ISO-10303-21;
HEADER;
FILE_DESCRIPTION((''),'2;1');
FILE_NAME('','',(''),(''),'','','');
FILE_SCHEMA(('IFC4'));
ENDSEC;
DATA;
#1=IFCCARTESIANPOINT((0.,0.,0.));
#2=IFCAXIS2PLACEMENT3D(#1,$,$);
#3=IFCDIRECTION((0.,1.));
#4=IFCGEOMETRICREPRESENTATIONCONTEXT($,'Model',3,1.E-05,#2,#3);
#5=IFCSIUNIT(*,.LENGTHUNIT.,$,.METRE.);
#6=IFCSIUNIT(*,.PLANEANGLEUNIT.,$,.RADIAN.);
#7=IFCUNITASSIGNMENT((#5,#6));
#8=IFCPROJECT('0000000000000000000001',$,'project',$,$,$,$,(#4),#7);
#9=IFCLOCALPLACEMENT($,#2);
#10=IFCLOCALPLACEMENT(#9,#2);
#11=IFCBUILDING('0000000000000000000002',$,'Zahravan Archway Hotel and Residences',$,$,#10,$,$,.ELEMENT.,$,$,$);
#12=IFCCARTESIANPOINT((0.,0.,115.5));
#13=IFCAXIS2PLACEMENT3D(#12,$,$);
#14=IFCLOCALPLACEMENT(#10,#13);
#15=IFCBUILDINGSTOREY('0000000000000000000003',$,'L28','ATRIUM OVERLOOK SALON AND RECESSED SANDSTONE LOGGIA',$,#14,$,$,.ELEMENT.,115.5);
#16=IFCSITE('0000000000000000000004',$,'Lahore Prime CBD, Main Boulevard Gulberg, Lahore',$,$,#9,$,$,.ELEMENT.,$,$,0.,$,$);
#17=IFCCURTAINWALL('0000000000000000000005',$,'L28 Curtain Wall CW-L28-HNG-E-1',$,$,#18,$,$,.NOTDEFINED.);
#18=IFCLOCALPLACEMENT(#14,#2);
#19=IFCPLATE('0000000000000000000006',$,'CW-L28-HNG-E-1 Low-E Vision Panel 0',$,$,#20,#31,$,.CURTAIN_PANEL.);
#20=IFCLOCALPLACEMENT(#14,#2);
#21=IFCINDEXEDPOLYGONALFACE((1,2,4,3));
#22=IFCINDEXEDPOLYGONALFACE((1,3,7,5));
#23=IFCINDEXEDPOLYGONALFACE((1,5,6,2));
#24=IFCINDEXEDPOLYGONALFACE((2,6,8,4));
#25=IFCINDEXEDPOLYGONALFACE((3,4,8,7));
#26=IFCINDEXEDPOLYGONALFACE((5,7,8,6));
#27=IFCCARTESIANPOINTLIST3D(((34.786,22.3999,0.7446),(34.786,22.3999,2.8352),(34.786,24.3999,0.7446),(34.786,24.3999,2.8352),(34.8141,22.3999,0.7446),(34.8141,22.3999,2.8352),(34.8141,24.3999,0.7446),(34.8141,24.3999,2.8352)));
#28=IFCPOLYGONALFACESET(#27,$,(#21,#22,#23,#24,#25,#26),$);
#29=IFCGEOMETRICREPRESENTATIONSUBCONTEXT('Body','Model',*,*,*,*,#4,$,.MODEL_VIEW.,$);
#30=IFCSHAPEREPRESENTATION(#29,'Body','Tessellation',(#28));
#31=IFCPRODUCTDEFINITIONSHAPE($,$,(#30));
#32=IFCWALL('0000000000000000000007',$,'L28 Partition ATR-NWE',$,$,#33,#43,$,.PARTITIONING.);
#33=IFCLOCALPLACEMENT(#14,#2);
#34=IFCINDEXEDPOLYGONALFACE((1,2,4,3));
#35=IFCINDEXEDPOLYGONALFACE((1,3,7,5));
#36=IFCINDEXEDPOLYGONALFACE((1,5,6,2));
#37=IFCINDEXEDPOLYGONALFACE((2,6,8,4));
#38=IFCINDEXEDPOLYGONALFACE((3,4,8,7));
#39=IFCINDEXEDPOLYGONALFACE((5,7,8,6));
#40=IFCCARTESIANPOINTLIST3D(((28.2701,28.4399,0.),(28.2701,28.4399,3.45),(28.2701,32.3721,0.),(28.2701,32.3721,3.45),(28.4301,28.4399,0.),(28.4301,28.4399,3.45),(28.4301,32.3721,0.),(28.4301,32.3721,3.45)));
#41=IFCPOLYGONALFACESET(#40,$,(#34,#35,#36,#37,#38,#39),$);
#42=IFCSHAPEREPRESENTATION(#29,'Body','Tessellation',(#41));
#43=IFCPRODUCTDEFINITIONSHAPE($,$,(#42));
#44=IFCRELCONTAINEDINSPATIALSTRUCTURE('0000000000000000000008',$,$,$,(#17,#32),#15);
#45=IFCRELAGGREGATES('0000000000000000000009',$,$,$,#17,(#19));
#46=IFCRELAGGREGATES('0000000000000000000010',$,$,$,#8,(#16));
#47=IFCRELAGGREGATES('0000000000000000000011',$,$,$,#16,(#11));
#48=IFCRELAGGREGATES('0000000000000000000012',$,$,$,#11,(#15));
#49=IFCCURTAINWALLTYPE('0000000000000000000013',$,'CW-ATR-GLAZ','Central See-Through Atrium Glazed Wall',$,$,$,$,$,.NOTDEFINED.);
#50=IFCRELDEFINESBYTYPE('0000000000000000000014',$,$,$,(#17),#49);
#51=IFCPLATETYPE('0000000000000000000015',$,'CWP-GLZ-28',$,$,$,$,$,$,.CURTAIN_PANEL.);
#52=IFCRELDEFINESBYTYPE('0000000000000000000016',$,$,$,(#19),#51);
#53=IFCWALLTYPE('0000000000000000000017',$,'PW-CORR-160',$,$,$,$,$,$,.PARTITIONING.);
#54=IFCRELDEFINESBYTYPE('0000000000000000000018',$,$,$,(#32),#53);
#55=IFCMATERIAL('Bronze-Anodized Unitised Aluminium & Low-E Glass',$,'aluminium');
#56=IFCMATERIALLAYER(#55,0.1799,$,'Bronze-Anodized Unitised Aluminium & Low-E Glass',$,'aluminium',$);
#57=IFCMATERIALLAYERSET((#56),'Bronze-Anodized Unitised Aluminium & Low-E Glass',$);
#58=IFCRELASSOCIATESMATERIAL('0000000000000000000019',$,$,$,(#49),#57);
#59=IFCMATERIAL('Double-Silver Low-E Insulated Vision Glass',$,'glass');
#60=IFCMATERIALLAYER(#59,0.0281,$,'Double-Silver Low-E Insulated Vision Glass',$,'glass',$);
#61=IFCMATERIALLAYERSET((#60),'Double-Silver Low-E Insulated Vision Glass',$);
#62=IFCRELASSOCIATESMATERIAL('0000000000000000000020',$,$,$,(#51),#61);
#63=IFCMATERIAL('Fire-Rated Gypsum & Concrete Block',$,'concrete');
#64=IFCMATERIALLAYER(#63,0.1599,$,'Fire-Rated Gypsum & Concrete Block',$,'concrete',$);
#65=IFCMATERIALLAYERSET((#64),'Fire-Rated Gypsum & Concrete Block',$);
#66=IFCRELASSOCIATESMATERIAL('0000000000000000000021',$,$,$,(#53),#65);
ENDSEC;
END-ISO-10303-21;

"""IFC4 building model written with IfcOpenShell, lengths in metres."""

from ifc_helpers import new_model, si_unit, direction, frame, frame_2d, origin, origin_2d, place, context, subcontext, project, spatial, rectangle, extrude, source, transform, mapped, material, layer, layer_set, type_object, element, aggregate, save


model = new_model("IFC4")

# Units and contexts
model_context = context("Model", 3, precision=1e-05, world=origin(), true_north=direction((0.0, 1.0)))
body_context = subcontext(model_context, "Body", "Model", "MODEL_VIEW")
ifc_project = project(units=[si_unit("LENGTHUNIT", "METRE"), si_unit("PLANEANGLEUNIT", "RADIAN")], contexts=[model_context])

# Site, building, storey
site_placement = place(None, origin())
site = spatial("IfcSite", under=ifc_project, at=site_placement, Name="Lahore Prime CBD, Main Boulevard Gulberg, Lahore", CompositionType="ELEMENT", RefElevation=0.0)
building_placement = place(site_placement, origin())
building = spatial("IfcBuilding", under=site, at=building_placement, Name="Zahravan Archway Hotel and Residences", CompositionType="ELEMENT")
storey_placement = place(building_placement, frame((0.0, 0.0, 115.5)))
storey = spatial("IfcBuildingStorey", under=building, at=storey_placement, Name="L28", Description="ATRIUM OVERLOOK SALON AND RECESSED SANDSTONE LOGGIA", CompositionType="ELEMENT", Elevation=115.5)

# Curtain wall
ifc_material_1 = material(Name="Bronze-Anodized Unitised Aluminium & Low-E Glass", Category="aluminium")
ifc_layer_1 = layer(ifc_material_1, 0.1799, Name="Bronze-Anodized Unitised Aluminium & Low-E Glass", Category="aluminium")
ifc_layer_set_1 = layer_set([ifc_layer_1], Name="Bronze-Anodized Unitised Aluminium & Low-E Glass")
curtain_wall_type = type_object("IfcCurtainWallType", Name="CW-ATR-GLAZ", Description="Central See-Through Atrium Glazed Wall", PredefinedType="NOTDEFINED", material=ifc_layer_set_1)
curtain_wall_1_placement = place(storey_placement, origin())
curtain_wall_1 = element("IfcCurtainWall", 1, at=curtain_wall_1_placement, inside=storey, type_object=curtain_wall_type, Name="L28 Curtain Wall CW-L28-HNG-E-1", PredefinedType="NOTDEFINED")

# Plate
ifc_material_2 = material(Name="Double-Silver Low-E Insulated Vision Glass", Category="glass")
ifc_layer_2 = layer(ifc_material_2, 0.0281, Name="Double-Silver Low-E Insulated Vision Glass", Category="glass")
ifc_layer_set_2 = layer_set([ifc_layer_2], Name="Double-Silver Low-E Insulated Vision Glass")
plate_type_1 = type_object("IfcPlateType", Name="CWP-GLZ-28", PredefinedType="CURTAIN_PANEL", material=ifc_layer_set_2)
shared_shape_1 = source(origin(), body_context, "Body", "SweptSolid", [
    extrude(rectangle(XDim=2.0, YDim=0.0281, at=origin_2d()), origin(), (0.0, 0.0, 1.0), 2.0906),
])
plate_1_placement = place(storey_placement, frame((34.8, 23.3999, 0.7446), z_axis=(0.0, 0.0, 1.0), x_axis=(0.0, 1.0, 0.0)))
plate_1 = element("IfcPlate", 2, at=plate_1_placement, type_object=plate_type_1, Name="CW-L28-HNG-E-1 Low-E Vision Panel 0", PredefinedType="CURTAIN_PANEL", context=body_context, shape_type="MappedRepresentation", body=[
    mapped(shared_shape_1, transform((0.0, 0.0, 0.0), scale=1.0)),
])
aggregate(curtain_wall_1, [plate_1])

# Wall
ifc_material_3 = material(Name="Fire-Rated Gypsum & Concrete Block", Category="concrete")
ifc_layer_3 = layer(ifc_material_3, 0.1599, Name="Fire-Rated Gypsum & Concrete Block", Category="concrete")
ifc_layer_set_3 = layer_set([ifc_layer_3], Name="Fire-Rated Gypsum & Concrete Block")
wall_type = type_object("IfcWallType", Name="PW-CORR-160", PredefinedType="PARTITIONING", material=ifc_layer_set_3)
wall_placement = place(storey_placement, frame((28.3501, 28.4399, 0.0), z_axis=(0.0, 0.0, 1.0), x_axis=(0.0, 1.0, 0.0)))
element("IfcWall", 3, at=wall_placement, inside=storey, type_object=wall_type, Name="L28 Partition ATR-NWE", PredefinedType="PARTITIONING", context=body_context, shape_type="SweptSolid", body=[
    extrude(rectangle(XDim=3.9321, YDim=0.1599, at=frame_2d((1.9661, 0.0))), origin(), (0.0, 0.0, 1.0), 3.45),
])

save(model, "model.ifc")
